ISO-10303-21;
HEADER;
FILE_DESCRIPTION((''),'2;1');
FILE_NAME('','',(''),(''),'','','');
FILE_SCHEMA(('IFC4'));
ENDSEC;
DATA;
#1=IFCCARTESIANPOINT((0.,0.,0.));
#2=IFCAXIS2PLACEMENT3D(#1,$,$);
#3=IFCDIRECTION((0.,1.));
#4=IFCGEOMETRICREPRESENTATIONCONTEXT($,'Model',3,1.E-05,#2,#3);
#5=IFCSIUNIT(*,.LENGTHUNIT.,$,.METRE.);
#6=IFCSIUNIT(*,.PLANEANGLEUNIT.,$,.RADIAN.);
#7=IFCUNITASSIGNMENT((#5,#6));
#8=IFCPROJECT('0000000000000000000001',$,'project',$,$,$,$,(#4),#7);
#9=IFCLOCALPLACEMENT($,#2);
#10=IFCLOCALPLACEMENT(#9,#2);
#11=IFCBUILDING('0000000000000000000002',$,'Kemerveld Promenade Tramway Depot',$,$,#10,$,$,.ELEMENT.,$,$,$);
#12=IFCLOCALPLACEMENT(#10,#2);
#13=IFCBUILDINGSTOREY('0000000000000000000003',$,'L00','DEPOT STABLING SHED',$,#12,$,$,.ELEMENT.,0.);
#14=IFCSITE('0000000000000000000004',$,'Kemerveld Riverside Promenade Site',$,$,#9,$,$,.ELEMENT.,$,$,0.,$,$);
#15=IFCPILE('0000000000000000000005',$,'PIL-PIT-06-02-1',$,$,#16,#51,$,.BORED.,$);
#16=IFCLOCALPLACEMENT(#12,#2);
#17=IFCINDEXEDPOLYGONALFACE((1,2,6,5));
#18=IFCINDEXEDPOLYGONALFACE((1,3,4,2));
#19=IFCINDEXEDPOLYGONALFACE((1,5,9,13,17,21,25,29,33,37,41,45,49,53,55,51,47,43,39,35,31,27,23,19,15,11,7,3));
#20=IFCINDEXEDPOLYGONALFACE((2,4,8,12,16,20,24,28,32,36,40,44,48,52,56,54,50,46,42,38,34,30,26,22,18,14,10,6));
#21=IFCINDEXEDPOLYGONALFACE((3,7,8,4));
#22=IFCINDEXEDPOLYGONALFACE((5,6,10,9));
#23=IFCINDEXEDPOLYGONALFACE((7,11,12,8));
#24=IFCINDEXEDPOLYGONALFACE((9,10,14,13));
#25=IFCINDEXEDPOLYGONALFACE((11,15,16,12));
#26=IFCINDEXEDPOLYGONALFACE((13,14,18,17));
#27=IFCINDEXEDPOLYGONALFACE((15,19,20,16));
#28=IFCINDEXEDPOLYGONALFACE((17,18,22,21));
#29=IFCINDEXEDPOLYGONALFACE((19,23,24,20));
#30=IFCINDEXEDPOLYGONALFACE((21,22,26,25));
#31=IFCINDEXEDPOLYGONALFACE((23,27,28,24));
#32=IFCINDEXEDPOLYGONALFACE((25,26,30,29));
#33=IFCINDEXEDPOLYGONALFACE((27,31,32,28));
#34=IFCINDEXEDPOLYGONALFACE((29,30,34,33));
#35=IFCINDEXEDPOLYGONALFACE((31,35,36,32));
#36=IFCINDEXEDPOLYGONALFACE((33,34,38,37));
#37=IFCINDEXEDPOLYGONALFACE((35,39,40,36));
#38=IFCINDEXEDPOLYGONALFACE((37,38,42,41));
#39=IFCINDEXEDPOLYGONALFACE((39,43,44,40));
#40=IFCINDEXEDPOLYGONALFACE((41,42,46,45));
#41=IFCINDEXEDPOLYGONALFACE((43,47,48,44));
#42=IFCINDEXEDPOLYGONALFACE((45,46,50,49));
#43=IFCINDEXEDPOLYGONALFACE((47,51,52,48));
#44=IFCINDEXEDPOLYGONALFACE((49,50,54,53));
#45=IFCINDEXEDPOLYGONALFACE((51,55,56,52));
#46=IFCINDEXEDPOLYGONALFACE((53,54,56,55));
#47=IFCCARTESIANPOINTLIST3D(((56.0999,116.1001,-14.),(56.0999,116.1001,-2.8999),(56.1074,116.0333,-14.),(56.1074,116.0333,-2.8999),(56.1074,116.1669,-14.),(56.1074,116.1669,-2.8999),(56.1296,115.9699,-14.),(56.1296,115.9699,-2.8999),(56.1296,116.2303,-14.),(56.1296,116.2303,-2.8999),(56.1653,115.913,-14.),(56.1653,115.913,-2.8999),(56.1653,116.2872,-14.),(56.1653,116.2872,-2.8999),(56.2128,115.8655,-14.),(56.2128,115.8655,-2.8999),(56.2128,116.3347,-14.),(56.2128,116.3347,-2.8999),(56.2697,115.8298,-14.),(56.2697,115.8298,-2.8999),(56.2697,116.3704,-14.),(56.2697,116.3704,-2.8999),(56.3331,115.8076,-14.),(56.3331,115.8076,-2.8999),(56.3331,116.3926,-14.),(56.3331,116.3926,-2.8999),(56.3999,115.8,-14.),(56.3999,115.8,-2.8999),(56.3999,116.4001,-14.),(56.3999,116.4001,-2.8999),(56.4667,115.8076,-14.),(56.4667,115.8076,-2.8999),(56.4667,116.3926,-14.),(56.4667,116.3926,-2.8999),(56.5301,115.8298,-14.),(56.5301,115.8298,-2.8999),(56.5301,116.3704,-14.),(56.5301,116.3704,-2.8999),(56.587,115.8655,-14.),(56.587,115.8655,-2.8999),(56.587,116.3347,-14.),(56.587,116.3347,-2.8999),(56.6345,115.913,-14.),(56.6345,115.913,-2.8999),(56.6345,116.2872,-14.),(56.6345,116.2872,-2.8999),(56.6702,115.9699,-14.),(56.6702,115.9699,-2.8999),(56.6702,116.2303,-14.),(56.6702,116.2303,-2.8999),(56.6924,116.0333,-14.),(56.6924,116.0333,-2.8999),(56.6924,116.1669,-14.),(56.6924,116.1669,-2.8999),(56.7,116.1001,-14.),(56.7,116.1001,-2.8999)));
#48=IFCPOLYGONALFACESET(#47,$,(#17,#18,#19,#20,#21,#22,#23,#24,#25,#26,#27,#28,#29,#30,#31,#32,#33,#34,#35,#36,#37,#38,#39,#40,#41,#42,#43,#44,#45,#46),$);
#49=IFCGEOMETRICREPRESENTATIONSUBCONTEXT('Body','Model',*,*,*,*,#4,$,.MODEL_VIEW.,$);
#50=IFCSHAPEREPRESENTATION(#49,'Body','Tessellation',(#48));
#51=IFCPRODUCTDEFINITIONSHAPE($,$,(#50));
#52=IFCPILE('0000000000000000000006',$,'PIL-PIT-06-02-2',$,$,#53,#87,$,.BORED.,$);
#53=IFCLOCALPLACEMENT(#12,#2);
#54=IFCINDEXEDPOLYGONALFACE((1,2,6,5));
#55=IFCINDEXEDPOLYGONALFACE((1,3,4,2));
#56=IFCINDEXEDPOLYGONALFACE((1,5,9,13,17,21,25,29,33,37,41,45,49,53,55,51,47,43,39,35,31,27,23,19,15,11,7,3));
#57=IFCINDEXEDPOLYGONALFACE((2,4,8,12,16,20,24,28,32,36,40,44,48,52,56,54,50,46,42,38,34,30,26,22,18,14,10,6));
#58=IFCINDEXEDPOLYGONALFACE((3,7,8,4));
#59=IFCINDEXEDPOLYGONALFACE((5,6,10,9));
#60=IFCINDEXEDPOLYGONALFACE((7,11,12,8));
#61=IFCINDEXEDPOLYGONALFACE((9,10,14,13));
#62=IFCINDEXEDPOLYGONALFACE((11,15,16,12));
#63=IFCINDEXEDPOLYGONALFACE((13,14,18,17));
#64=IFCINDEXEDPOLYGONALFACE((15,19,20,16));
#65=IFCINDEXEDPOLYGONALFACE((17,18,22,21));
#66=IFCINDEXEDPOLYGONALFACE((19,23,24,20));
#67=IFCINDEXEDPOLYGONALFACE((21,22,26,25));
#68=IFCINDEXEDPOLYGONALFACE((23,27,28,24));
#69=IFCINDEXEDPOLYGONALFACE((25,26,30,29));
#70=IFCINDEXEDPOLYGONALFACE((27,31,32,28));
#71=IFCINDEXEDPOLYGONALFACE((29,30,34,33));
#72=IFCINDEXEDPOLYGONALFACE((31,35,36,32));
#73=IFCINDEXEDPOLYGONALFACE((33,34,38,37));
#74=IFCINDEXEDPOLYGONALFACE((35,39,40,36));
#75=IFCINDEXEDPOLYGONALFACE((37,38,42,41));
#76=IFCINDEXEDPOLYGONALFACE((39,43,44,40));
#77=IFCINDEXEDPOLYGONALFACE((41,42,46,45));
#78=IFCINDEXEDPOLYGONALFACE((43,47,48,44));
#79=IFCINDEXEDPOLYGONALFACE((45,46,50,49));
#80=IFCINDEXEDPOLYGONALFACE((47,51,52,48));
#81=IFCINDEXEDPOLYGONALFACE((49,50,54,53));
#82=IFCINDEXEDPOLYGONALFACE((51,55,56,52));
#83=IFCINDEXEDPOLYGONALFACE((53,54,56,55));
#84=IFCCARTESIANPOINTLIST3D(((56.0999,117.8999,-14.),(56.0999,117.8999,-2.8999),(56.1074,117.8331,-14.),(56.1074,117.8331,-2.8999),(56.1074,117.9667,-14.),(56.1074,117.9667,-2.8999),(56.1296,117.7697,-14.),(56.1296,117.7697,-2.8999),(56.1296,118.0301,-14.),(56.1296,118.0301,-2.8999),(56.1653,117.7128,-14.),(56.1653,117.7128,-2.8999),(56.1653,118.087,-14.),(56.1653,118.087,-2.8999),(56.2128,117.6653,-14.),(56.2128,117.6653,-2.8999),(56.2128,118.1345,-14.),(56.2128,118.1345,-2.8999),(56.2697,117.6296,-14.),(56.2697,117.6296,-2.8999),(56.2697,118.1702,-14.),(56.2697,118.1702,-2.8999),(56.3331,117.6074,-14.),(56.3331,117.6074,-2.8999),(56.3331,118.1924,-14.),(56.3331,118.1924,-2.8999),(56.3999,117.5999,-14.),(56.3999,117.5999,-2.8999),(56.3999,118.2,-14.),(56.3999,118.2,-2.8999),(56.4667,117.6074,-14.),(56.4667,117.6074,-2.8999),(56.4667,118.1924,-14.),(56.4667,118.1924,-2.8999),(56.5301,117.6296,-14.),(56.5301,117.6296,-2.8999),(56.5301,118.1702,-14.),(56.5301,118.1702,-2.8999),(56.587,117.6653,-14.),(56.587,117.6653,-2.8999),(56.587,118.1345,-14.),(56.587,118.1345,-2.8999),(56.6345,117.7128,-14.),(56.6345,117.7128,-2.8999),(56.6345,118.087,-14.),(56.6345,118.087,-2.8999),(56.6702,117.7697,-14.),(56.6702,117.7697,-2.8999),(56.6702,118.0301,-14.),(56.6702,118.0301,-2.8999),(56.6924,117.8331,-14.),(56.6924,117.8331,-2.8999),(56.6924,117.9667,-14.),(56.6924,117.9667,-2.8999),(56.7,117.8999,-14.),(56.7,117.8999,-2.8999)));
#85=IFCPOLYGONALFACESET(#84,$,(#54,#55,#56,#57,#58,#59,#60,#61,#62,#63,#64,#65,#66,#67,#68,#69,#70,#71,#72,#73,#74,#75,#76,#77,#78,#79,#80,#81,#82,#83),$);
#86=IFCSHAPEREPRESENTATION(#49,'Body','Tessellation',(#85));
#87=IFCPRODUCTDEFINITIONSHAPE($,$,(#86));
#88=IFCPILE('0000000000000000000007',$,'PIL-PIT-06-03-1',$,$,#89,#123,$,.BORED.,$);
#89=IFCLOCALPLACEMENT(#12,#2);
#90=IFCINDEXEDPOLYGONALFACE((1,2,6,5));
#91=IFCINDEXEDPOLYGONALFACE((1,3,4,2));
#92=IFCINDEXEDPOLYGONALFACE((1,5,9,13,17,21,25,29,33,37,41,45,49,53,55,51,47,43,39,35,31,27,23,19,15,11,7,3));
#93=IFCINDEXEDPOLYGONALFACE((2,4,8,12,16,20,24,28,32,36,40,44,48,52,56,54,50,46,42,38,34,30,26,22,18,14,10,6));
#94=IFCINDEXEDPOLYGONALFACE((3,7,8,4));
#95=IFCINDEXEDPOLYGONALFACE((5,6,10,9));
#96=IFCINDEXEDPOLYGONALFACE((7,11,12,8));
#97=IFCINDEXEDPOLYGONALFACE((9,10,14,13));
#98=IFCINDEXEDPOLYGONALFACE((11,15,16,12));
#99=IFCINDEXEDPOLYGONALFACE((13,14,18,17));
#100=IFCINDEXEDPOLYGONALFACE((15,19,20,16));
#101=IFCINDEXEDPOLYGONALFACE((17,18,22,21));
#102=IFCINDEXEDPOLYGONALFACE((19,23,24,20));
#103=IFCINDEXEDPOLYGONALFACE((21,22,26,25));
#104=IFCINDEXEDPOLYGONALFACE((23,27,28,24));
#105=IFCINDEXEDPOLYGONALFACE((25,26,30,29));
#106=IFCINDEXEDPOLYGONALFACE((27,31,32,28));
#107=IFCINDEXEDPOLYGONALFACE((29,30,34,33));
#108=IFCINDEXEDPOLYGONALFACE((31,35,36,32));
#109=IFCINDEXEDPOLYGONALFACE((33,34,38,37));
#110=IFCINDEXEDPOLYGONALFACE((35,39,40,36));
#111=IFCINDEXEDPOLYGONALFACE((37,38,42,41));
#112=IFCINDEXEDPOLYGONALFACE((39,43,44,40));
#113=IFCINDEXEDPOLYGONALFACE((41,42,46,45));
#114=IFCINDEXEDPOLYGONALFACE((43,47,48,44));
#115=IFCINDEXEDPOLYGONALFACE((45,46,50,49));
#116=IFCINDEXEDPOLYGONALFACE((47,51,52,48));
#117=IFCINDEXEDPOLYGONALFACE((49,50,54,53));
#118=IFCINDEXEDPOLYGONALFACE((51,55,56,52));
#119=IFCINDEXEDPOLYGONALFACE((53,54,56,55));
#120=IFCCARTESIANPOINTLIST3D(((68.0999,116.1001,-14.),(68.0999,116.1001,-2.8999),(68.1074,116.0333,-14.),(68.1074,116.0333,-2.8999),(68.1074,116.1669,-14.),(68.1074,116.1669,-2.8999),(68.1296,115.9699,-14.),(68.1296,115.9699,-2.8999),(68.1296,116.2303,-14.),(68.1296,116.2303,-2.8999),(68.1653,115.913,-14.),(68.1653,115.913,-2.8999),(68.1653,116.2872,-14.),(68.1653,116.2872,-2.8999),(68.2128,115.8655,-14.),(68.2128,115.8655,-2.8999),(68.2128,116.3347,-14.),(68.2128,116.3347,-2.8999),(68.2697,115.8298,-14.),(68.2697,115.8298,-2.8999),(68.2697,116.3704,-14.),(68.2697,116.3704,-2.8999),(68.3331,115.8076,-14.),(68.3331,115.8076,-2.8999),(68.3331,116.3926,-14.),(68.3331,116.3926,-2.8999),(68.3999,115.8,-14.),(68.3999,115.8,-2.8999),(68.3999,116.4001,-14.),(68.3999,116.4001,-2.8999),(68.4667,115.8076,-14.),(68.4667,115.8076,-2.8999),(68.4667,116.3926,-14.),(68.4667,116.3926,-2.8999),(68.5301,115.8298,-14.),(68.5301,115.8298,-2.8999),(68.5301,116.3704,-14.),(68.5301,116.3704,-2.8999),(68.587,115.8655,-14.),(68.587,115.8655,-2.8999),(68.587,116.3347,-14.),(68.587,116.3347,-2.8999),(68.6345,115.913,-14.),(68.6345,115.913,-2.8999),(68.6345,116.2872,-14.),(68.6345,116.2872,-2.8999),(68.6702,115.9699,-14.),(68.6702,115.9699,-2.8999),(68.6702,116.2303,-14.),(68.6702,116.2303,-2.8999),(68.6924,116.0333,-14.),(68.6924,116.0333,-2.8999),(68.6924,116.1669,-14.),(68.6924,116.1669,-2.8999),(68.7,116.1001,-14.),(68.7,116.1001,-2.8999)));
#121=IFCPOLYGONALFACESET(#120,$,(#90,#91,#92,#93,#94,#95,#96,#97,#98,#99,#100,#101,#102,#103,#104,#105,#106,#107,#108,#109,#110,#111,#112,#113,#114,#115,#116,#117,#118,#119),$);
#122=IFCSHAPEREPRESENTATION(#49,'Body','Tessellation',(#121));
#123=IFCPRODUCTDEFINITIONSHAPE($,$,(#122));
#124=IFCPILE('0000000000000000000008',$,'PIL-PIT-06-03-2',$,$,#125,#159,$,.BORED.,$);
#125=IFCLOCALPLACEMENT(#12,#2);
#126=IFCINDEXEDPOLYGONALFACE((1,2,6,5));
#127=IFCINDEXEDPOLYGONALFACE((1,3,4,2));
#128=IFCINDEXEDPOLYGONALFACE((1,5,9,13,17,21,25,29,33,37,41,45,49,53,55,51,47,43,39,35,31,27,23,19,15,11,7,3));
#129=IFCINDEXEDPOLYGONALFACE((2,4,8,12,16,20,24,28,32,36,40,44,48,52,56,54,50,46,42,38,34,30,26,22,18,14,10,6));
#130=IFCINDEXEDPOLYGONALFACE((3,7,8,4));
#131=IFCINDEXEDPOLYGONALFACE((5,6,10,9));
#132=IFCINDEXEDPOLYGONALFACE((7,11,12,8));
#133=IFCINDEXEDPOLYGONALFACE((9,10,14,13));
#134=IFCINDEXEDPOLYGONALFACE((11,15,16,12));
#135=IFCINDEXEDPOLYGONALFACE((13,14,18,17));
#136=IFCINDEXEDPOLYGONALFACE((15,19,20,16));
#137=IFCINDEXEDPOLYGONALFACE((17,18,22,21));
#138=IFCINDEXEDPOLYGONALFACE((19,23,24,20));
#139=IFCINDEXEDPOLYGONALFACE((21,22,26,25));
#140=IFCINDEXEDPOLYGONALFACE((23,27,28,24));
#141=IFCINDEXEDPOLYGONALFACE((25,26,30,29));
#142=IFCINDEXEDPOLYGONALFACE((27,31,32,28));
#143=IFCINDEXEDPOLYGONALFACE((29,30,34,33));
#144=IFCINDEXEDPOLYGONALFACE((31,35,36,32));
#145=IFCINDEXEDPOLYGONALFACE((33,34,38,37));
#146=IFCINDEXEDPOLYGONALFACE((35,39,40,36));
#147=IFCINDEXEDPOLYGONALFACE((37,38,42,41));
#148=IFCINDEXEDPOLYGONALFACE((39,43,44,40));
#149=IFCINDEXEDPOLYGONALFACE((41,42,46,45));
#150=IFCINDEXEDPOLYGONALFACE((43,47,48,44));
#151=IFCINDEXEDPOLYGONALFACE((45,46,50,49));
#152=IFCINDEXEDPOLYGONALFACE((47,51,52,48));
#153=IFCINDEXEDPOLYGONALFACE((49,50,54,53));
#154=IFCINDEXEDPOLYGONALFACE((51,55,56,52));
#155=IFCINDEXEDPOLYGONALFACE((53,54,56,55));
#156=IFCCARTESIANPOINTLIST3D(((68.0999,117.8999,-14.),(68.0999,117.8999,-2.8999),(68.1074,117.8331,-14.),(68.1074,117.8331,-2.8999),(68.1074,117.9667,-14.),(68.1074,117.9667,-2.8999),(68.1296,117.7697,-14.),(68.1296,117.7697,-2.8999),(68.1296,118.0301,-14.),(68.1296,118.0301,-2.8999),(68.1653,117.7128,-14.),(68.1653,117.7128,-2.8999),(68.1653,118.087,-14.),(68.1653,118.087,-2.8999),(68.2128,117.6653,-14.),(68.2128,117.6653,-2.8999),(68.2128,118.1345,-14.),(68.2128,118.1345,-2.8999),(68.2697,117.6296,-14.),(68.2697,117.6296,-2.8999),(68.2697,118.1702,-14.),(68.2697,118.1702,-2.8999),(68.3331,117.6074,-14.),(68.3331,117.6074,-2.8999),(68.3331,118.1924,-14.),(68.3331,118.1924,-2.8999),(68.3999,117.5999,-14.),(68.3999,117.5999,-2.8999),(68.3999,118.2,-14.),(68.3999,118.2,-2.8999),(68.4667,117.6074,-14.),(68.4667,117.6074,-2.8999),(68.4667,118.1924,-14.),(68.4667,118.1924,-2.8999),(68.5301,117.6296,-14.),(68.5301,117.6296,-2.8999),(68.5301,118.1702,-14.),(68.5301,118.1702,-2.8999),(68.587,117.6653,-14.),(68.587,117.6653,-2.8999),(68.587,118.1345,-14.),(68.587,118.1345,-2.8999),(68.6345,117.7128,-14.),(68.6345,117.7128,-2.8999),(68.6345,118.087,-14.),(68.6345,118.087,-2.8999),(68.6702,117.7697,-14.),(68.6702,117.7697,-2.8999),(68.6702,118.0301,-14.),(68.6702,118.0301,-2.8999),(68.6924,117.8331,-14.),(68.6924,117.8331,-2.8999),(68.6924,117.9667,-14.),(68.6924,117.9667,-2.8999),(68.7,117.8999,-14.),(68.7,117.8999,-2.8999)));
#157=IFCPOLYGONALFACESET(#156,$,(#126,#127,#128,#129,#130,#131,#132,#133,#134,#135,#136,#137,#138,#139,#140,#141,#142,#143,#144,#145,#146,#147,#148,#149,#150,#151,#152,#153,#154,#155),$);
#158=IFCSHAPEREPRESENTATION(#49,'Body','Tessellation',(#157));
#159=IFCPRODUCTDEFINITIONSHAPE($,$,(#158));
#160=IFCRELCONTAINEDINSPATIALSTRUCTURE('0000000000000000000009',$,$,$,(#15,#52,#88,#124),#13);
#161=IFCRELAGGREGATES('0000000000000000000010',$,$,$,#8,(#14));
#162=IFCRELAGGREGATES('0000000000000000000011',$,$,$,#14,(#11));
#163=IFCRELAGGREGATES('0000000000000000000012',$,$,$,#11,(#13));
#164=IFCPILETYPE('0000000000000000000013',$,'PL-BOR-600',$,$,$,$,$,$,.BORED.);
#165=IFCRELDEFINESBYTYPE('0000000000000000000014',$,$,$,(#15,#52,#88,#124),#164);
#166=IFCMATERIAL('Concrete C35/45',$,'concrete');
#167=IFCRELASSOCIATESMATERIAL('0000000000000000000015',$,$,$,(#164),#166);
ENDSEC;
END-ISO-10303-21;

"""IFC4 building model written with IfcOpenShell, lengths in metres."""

from ifc_helpers import new_model, si_unit, direction, frame, origin, origin_2d, place, context, subcontext, project, spatial, circle, extrude, material, material_profile, profile_set, type_object, element, save


model = new_model("IFC4")

# Units and contexts
model_context = context("Model", 3, precision=1e-05, world=origin(), true_north=direction((0.0, 1.0)))
body_context = subcontext(model_context, "Body", "Model", "MODEL_VIEW")
ifc_project = project(units=[si_unit("LENGTHUNIT", "METRE"), si_unit("PLANEANGLEUNIT", "RADIAN")], contexts=[model_context])

# Site, building, storey
site_placement = place(None, origin())
site = spatial("IfcSite", under=ifc_project, at=site_placement, Name="Kemerveld Riverside Promenade Site", CompositionType="ELEMENT", RefElevation=0.0)
building_placement = place(site_placement, origin())
building = spatial("IfcBuilding", under=site, at=building_placement, Name="Kemerveld Promenade Tramway Depot", CompositionType="ELEMENT")
storey_placement = place(building_placement, origin())
storey = spatial("IfcBuildingStorey", under=building, at=storey_placement, Name="L00", Description="DEPOT STABLING SHED", CompositionType="ELEMENT", Elevation=0.0)

# Shared definitions
ifc_material_1 = material(Name="Concrete C35/45", Category="concrete")

# Piles
ifc_material_profile_1 = material_profile(ifc_material_1, circle(Radius=0.3, at=origin_2d()), Name="PILE-D600")
ifc_profile_set_1 = profile_set([ifc_material_profile_1], Name="Concrete C35/45")
pile_type = type_object("IfcPileType", Name="PL-BOR-600", PredefinedType="BORED", material=ifc_profile_set_1)
for number, where, z_axis, x_axis, name in (
    (1, (56.3999, 116.1001, -2.8999), (0.0, 0.0, -1.0), (1.0, 0.0, 0.0), "PIL-PIT-06-02-1"),
    (2, (56.3999, 117.8999, -2.8999), (0.0, 0.0, -1.0), (1.0, 0.0, 0.0), "PIL-PIT-06-02-2"),
    (3, (68.3999, 116.1001, -2.8999), (0.0, 0.0, -1.0), (1.0, 0.0, 0.0), "PIL-PIT-06-03-1"),
    (4, (68.3999, 117.8999, -2.8999), (0.0, 0.0, -1.0), (1.0, 0.0, 0.0), "PIL-PIT-06-03-2"),
):
    element("IfcPile", number, at=place(storey_placement, frame(where, z_axis=z_axis, x_axis=x_axis)), inside=storey, type_object=pile_type, Name=name, PredefinedType="BORED", context=body_context, shape_type="SweptSolid", body=[
        extrude(circle(Radius=0.3, at=origin_2d()), origin(), (0.0, 0.0, 1.0), 11.1001),
    ])

save(model, "model.ifc")
